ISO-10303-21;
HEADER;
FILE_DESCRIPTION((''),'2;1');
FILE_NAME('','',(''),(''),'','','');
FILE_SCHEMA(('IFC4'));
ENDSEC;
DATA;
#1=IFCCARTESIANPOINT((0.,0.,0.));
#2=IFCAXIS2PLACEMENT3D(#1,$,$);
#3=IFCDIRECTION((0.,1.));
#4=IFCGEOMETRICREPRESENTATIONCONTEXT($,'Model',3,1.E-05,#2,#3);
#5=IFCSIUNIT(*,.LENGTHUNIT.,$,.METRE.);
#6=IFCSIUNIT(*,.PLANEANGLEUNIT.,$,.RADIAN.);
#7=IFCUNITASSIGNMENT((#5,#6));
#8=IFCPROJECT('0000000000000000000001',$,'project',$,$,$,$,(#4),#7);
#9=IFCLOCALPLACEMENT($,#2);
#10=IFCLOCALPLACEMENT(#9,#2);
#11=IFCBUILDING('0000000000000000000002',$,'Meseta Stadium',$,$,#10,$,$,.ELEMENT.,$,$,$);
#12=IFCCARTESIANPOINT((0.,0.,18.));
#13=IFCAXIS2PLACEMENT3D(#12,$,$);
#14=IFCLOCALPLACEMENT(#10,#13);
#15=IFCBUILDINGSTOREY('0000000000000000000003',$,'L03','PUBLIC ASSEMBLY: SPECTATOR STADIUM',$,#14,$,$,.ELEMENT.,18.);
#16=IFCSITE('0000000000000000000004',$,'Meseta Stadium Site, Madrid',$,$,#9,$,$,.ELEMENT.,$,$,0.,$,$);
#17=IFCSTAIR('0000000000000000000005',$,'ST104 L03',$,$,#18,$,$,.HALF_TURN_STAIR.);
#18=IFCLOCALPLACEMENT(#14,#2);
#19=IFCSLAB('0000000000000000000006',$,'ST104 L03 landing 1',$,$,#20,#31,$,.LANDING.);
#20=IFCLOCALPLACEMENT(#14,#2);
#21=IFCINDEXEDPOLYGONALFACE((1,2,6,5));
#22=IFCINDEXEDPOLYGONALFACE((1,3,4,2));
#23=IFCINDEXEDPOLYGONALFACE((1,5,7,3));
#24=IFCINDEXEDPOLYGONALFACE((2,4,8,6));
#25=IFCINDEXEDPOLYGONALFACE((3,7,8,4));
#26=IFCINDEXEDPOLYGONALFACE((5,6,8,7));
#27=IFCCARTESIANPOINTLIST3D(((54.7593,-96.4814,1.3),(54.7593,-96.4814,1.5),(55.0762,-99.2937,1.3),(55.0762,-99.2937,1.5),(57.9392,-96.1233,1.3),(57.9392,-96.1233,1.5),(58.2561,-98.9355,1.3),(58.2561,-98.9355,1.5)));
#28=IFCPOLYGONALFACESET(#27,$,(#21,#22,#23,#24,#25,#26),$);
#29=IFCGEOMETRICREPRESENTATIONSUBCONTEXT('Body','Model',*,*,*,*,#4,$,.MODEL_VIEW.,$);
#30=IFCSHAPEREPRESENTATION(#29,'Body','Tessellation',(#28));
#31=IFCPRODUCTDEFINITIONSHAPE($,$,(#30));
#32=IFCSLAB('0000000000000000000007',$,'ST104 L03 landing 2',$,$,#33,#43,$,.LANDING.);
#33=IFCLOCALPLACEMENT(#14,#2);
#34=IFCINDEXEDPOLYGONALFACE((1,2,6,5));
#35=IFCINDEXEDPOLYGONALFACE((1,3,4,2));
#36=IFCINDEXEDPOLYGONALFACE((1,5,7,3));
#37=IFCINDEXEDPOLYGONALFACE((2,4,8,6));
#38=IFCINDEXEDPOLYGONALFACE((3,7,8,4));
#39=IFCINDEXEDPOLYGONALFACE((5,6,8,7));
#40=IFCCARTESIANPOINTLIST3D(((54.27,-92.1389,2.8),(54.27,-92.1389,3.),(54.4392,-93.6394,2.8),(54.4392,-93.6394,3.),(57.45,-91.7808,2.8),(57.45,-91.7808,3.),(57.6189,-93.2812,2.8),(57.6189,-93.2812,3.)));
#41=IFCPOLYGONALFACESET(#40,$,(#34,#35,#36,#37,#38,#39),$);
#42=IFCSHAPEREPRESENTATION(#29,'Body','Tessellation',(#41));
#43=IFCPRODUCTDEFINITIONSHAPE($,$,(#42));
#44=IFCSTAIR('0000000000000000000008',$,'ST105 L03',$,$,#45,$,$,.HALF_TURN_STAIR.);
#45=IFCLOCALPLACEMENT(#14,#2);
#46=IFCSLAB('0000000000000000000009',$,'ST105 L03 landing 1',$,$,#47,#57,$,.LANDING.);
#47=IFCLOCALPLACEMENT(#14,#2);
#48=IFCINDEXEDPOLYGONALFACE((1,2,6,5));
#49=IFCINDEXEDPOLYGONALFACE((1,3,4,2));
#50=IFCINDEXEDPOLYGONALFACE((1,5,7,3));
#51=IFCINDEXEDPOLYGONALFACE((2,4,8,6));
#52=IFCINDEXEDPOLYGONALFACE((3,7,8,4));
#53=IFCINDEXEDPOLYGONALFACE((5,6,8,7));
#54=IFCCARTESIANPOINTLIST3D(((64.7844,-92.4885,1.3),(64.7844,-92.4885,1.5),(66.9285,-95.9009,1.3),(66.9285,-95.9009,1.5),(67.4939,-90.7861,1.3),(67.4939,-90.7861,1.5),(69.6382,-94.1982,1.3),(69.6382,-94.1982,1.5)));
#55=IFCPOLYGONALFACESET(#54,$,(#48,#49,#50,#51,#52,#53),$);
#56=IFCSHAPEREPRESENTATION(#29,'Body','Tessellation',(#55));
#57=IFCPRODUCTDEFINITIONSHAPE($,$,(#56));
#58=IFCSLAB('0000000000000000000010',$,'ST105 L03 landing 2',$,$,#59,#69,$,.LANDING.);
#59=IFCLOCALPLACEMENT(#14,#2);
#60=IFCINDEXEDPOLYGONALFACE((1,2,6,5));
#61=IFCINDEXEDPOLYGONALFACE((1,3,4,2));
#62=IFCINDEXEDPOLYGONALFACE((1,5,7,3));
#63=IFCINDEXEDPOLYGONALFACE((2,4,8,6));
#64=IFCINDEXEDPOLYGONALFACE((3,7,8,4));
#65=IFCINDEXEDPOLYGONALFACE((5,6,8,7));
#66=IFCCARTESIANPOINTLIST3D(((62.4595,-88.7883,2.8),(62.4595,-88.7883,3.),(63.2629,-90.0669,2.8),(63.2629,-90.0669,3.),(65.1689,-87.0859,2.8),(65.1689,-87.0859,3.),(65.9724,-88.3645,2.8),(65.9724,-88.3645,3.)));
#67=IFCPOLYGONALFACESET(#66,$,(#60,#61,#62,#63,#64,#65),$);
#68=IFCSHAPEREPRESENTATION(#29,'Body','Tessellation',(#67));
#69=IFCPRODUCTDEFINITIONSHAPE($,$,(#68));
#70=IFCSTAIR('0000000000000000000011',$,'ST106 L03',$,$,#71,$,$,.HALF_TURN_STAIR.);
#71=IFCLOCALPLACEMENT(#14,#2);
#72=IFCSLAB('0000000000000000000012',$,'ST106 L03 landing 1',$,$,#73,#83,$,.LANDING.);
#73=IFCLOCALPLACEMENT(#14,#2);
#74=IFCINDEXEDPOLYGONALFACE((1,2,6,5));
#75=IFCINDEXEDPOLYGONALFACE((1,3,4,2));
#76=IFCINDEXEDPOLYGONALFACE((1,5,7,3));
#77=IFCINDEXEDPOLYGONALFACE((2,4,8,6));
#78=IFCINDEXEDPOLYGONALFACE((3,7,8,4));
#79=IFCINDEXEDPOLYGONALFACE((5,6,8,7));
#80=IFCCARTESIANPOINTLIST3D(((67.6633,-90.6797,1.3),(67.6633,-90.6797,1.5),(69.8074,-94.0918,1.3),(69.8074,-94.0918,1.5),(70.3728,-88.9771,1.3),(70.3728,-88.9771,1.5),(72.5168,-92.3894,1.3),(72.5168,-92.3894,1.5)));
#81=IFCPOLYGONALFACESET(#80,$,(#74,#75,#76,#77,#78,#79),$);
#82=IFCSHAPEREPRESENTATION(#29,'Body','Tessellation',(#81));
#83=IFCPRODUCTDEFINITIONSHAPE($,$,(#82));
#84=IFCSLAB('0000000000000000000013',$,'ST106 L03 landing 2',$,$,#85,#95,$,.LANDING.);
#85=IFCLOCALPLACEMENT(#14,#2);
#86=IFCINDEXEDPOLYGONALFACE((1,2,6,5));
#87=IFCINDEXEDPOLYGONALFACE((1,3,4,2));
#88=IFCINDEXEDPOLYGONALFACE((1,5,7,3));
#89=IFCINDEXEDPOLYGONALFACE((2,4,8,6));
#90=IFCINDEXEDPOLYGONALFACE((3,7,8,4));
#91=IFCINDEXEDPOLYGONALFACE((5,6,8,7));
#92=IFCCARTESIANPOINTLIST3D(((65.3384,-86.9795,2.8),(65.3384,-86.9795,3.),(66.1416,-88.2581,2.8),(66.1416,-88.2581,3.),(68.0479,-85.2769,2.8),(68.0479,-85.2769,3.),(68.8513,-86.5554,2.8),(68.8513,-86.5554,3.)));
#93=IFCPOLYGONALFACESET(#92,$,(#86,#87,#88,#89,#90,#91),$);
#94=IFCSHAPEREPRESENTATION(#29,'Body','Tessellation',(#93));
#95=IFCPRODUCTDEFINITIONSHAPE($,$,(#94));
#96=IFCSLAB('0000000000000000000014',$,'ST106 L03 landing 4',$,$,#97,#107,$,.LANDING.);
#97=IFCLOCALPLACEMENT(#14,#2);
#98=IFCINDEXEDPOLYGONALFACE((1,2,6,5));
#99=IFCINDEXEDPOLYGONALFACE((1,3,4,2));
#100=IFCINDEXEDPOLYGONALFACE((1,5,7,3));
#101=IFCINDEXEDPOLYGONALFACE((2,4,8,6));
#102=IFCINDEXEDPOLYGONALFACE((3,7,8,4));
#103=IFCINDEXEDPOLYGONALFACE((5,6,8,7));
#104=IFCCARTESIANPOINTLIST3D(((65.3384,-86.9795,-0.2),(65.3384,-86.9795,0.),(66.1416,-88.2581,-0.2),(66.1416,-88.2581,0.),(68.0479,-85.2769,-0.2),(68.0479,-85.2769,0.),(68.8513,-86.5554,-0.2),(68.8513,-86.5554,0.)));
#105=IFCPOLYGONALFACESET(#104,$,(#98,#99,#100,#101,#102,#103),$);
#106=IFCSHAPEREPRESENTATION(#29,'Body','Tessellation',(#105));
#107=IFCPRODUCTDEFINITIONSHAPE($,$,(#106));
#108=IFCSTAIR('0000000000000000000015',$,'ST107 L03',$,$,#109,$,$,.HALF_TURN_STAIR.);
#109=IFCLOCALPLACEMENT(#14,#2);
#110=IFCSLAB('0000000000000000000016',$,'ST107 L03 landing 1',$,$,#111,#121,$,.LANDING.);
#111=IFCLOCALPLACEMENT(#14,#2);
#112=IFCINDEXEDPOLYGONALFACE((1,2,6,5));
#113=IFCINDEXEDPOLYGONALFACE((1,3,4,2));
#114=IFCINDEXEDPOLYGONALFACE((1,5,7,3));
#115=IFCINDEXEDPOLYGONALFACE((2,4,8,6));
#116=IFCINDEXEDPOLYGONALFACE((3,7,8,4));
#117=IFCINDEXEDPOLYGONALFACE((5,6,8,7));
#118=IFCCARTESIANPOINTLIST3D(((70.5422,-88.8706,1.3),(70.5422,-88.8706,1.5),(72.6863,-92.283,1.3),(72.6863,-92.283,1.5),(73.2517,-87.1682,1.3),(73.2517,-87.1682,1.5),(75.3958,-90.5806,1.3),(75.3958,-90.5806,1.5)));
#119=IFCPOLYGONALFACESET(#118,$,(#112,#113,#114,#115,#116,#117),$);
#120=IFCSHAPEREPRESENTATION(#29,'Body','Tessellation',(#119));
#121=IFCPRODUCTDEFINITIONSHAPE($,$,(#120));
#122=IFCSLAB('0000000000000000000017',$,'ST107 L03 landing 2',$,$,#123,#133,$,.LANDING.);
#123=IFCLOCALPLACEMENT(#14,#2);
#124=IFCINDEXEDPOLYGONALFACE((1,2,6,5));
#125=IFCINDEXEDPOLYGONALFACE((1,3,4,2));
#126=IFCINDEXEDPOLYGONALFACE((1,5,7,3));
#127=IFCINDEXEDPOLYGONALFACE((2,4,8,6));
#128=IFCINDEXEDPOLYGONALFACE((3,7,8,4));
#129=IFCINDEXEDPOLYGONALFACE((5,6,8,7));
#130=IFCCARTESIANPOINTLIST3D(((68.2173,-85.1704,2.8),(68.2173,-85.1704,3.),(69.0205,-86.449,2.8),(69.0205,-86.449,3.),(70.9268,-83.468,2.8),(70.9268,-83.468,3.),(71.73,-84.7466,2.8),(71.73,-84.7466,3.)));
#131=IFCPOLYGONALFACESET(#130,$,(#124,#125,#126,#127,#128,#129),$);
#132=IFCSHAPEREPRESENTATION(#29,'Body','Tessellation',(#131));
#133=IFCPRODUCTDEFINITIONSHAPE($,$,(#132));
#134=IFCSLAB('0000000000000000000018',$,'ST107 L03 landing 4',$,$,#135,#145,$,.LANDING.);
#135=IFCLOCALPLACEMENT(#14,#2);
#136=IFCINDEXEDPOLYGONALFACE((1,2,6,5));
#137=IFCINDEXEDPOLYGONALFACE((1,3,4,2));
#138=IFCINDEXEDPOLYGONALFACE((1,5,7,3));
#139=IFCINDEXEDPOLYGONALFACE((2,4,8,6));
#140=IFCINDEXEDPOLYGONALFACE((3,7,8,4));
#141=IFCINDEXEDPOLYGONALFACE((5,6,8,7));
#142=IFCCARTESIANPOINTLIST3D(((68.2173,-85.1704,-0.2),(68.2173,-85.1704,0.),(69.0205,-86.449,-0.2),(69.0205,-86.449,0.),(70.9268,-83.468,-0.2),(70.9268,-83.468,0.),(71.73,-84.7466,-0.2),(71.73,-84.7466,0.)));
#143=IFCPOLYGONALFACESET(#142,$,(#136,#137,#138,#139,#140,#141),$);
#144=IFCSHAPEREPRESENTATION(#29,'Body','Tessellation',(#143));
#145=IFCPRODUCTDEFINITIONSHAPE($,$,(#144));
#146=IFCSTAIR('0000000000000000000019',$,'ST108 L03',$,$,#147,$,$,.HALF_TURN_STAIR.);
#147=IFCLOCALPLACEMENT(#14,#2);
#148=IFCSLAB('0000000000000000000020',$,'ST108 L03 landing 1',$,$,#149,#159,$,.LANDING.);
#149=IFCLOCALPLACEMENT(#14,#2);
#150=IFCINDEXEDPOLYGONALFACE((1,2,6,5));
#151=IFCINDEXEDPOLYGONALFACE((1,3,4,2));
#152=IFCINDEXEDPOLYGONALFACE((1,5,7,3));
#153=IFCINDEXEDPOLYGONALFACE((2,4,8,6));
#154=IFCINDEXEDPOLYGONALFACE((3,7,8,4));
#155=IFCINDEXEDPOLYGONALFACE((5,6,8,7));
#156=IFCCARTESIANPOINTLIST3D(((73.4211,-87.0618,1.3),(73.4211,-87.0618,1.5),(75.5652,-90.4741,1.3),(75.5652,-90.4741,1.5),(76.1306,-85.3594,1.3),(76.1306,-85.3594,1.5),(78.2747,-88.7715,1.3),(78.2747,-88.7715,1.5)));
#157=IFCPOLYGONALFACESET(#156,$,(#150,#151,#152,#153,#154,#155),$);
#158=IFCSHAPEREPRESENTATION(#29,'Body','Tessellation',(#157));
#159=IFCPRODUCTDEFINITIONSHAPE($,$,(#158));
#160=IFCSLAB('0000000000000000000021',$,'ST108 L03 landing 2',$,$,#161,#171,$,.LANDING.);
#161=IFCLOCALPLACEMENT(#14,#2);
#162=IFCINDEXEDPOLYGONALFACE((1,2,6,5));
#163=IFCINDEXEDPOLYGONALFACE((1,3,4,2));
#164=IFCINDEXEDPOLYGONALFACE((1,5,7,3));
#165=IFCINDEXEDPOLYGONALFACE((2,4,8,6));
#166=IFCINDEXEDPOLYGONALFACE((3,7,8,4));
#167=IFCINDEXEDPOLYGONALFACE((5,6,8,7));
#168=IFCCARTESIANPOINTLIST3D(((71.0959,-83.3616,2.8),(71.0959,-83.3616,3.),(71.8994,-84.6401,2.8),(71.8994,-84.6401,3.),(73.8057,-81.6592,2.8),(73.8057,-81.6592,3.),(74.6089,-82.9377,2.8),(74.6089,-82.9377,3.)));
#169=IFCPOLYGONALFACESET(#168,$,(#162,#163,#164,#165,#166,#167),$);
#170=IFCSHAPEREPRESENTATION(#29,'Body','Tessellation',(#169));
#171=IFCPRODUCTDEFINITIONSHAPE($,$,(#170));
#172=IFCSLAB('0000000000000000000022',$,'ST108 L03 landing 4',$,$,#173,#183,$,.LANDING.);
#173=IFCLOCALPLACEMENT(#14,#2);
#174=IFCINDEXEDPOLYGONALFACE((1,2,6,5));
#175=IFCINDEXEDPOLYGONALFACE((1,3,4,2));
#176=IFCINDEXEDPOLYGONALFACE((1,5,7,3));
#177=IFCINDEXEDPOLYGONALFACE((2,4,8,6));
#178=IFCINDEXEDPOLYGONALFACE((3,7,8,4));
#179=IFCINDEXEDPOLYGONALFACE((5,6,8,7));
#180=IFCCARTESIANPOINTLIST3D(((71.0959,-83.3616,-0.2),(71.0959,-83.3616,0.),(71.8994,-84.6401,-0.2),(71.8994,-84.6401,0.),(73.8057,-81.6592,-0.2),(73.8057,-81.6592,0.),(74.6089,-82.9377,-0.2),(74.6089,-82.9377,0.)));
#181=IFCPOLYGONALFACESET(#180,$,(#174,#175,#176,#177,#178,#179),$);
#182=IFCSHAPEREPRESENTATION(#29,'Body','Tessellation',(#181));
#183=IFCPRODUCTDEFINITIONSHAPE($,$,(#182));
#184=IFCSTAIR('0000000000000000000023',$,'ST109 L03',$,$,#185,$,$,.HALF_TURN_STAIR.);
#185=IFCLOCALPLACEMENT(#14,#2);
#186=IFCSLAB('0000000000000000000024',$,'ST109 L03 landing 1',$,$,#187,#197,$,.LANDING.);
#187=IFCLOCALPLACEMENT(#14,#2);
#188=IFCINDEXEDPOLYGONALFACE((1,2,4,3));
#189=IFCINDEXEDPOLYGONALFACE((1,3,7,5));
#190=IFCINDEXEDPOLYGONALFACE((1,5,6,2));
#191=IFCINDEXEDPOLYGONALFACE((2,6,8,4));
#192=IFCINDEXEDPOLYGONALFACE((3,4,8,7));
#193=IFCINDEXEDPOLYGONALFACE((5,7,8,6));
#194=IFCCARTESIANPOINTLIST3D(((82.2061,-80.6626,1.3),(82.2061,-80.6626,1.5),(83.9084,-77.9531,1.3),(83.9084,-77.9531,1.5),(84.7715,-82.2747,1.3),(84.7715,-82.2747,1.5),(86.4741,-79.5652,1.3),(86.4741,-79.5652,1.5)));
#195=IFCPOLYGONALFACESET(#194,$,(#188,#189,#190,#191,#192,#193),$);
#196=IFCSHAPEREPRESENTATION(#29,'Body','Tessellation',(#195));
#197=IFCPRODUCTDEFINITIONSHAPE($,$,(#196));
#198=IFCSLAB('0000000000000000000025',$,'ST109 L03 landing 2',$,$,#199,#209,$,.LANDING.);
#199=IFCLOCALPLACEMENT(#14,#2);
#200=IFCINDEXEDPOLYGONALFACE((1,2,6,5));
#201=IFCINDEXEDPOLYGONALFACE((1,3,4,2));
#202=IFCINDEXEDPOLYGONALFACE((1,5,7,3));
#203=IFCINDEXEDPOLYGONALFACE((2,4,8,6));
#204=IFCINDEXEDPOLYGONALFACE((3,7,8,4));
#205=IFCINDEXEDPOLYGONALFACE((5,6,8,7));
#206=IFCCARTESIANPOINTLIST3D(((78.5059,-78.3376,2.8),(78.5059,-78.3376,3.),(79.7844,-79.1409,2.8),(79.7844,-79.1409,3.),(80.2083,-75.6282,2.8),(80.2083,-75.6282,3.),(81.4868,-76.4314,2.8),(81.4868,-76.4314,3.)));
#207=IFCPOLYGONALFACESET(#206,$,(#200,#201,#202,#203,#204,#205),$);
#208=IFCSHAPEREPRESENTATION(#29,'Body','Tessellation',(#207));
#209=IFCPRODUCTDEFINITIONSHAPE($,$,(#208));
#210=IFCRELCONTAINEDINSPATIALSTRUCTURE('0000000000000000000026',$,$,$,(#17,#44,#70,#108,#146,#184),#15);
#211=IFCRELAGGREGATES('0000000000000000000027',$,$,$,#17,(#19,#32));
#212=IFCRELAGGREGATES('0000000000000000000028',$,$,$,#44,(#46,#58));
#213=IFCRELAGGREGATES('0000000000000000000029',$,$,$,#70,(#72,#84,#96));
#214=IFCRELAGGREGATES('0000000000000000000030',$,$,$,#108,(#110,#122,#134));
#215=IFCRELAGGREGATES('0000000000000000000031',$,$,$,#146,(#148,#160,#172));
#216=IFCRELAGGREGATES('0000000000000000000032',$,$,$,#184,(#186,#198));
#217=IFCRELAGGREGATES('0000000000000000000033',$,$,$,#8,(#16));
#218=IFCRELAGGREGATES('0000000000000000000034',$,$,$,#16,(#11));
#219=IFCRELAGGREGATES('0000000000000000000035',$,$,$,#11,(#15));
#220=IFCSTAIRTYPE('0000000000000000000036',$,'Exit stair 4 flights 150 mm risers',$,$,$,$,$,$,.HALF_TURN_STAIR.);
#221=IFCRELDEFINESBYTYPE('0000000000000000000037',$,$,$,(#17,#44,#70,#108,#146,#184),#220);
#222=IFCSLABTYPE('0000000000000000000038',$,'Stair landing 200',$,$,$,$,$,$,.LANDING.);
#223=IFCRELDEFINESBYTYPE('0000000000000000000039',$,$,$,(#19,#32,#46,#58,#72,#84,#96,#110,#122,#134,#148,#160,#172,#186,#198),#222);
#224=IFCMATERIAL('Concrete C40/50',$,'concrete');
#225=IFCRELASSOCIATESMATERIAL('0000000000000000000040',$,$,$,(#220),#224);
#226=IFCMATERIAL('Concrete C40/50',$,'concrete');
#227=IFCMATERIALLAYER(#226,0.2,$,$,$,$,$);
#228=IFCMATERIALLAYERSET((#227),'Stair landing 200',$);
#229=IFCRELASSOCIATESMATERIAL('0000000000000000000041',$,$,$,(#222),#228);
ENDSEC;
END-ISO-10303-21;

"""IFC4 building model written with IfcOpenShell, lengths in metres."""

from ifc_helpers import new_model, si_unit, direction, frame, origin, place, context, subcontext, project, spatial, polyline, outline, extrude, material, layer, layer_set, type_object, element, aggregate, save


model = new_model("IFC4")

# Units and contexts
model_context = context("Model", 3, precision=1e-05, world=origin(), true_north=direction((0.0, 1.0)))
body_context = subcontext(model_context, "Body", "Model", "MODEL_VIEW")
ifc_project = project(units=[si_unit("LENGTHUNIT", "METRE"), si_unit("PLANEANGLEUNIT", "RADIAN")], contexts=[model_context])

# Site, building, storey
site_placement = place(None, origin())
site = spatial("IfcSite", under=ifc_project, at=site_placement, Name="Meseta Stadium Site, Madrid", CompositionType="ELEMENT", RefElevation=0.0)
building_placement = place(site_placement, origin())
building = spatial("IfcBuilding", under=site, at=building_placement, Name="Meseta Stadium", CompositionType="ELEMENT")
storey_placement = place(building_placement, frame((0.0, 0.0, 18.0)))
storey = spatial("IfcBuildingStorey", under=building, at=storey_placement, Name="L03", Description="PUBLIC ASSEMBLY: SPECTATOR STADIUM", CompositionType="ELEMENT", Elevation=18.0)

# Stairs, slabs
ifc_material_1 = material(Name="Concrete C40/50", Category="concrete")
stair_type = type_object("IfcStairType", Name="Exit stair 4 flights 150 mm risers", PredefinedType="HALF_TURN_STAIR", material=ifc_material_1)
stair_1_placement = place(storey_placement, origin())
stair_1 = element("IfcStair", 1, at=stair_1_placement, inside=storey, type_object=stair_type, Name="ST104 L03", PredefinedType="HALF_TURN_STAIR")
ifc_material_2 = material(Name="Concrete C40/50", Category="concrete")
ifc_layer = layer(ifc_material_2, 0.2)
ifc_layer_set = layer_set([ifc_layer], Name="Stair landing 200")
slab_type = type_object("IfcSlabType", Name="Stair landing 200", PredefinedType="LANDING", material=ifc_layer_set)
slab_1_placement = place(storey_placement, frame((0.0, 0.0, 1.3)))
slab_1 = element("IfcSlab", 2, at=slab_1_placement, type_object=slab_type, Name="ST104 L03 landing 1", PredefinedType="LANDING", context=body_context, shape_type="SweptSolid", body=[
    extrude(outline(polyline([(54.7593, -96.4814), (55.0762, -99.2937), (58.2561, -98.9355), (57.9392, -96.1233), (54.7593, -96.4814)])), origin(), (0.0, 0.0, 1.0), 0.2),
])
slab_2_placement = place(storey_placement, frame((0.0, 0.0, 2.8)))
slab_2 = element("IfcSlab", 3, at=slab_2_placement, type_object=slab_type, Name="ST104 L03 landing 2", PredefinedType="LANDING", context=body_context, shape_type="SweptSolid", body=[
    extrude(outline(polyline([(54.27, -92.1389), (54.4392, -93.6394), (57.6189, -93.2812), (57.45, -91.7808), (54.27, -92.1389)])), origin(), (0.0, 0.0, 1.0), 0.2),
])
aggregate(stair_1, [slab_1, slab_2])
stair_2_placement = place(storey_placement, origin())
stair_2 = element("IfcStair", 4, at=stair_2_placement, inside=storey, type_object=stair_type, Name="ST105 L03", PredefinedType="HALF_TURN_STAIR")
slab_3_placement = place(storey_placement, frame((0.0, 0.0, 1.3)))
slab_3 = element("IfcSlab", 5, at=slab_3_placement, type_object=slab_type, Name="ST105 L03 landing 1", PredefinedType="LANDING", context=body_context, shape_type="SweptSolid", body=[
    extrude(outline(polyline([(64.7844, -92.4885), (66.9285, -95.9009), (69.6382, -94.1982), (67.4939, -90.7861), (64.7844, -92.4885)])), origin(), (0.0, 0.0, 1.0), 0.2),
])
slab_4_placement = place(storey_placement, frame((0.0, 0.0, 2.8)))
slab_4 = element("IfcSlab", 6, at=slab_4_placement, type_object=slab_type, Name="ST105 L03 landing 2", PredefinedType="LANDING", context=body_context, shape_type="SweptSolid", body=[
    extrude(outline(polyline([(62.4595, -88.7883), (63.2629, -90.0669), (65.9724, -88.3645), (65.1689, -87.0859), (62.4595, -88.7883)])), origin(), (0.0, 0.0, 1.0), 0.2),
])
aggregate(stair_2, [slab_3, slab_4])
stair_3_placement = place(storey_placement, origin())
stair_3 = element("IfcStair", 7, at=stair_3_placement, inside=storey, type_object=stair_type, Name="ST106 L03", PredefinedType="HALF_TURN_STAIR")
slab_5_placement = place(storey_placement, frame((0.0, 0.0, 1.3)))
slab_5 = element("IfcSlab", 8, at=slab_5_placement, type_object=slab_type, Name="ST106 L03 landing 1", PredefinedType="LANDING", context=body_context, shape_type="SweptSolid", body=[
    extrude(outline(polyline([(67.6633, -90.6797), (69.8074, -94.0918), (72.5168, -92.3894), (70.3728, -88.9771), (67.6633, -90.6797)])), origin(), (0.0, 0.0, 1.0), 0.2),
])
slab_6_placement = place(storey_placement, frame((0.0, 0.0, 2.8)))
slab_6 = element("IfcSlab", 9, at=slab_6_placement, type_object=slab_type, Name="ST106 L03 landing 2", PredefinedType="LANDING", context=body_context, shape_type="SweptSolid", body=[
    extrude(outline(polyline([(65.3384, -86.9795), (66.1416, -88.2581), (68.8513, -86.5554), (68.0479, -85.2769), (65.3384, -86.9795)])), origin(), (0.0, 0.0, 1.0), 0.2),
])
slab_7_placement = place(storey_placement, frame((0.0, 0.0, -0.2)))
slab_7 = element("IfcSlab", 10, at=slab_7_placement, type_object=slab_type, Name="ST106 L03 landing 4", PredefinedType="LANDING", context=body_context, shape_type="SweptSolid", body=[
    extrude(outline(polyline([(65.3384, -86.9795), (66.1416, -88.2581), (68.8513, -86.5554), (68.0479, -85.2769), (65.3384, -86.9795)])), origin(), (0.0, 0.0, 1.0), 0.2),
])
aggregate(stair_3, [slab_5, slab_6, slab_7])
stair_4_placement = place(storey_placement, origin())
stair_4 = element("IfcStair", 11, at=stair_4_placement, inside=storey, type_object=stair_type, Name="ST107 L03", PredefinedType="HALF_TURN_STAIR")
slab_8_placement = place(storey_placement, frame((0.0, 0.0, 1.3)))
slab_8 = element("IfcSlab", 12, at=slab_8_placement, type_object=slab_type, Name="ST107 L03 landing 1", PredefinedType="LANDING", context=body_context, shape_type="SweptSolid", body=[
    extrude(outline(polyline([(70.5422, -88.8706), (72.6863, -92.283), (75.3958, -90.5806), (73.2517, -87.1682), (70.5422, -88.8706)])), origin(), (0.0, 0.0, 1.0), 0.2),
])
slab_9_placement = place(storey_placement, frame((0.0, 0.0, 2.8)))
slab_9 = element("IfcSlab", 13, at=slab_9_placement, type_object=slab_type, Name="ST107 L03 landing 2", PredefinedType="LANDING", context=body_context, shape_type="SweptSolid", body=[
    extrude(outline(polyline([(68.2173, -85.1704), (69.0205, -86.449), (71.73, -84.7466), (70.9268, -83.468), (68.2173, -85.1704)])), origin(), (0.0, 0.0, 1.0), 0.2),
])
slab_10_placement = place(storey_placement, frame((0.0, 0.0, -0.2)))
slab_10 = element("IfcSlab", 14, at=slab_10_placement, type_object=slab_type, Name="ST107 L03 landing 4", PredefinedType="LANDING", context=body_context, shape_type="SweptSolid", body=[
    extrude(outline(polyline([(68.2173, -85.1704), (69.0205, -86.449), (71.73, -84.7466), (70.9268, -83.468), (68.2173, -85.1704)])), origin(), (0.0, 0.0, 1.0), 0.2),
])
aggregate(stair_4, [slab_8, slab_9, slab_10])
stair_5_placement = place(storey_placement, origin())
stair_5 = element("IfcStair", 15, at=stair_5_placement, inside=storey, type_object=stair_type, Name="ST108 L03", PredefinedType="HALF_TURN_STAIR")
slab_11_placement = place(storey_placement, frame((0.0, 0.0, 1.3)))
slab_11 = element("IfcSlab", 16, at=slab_11_placement, type_object=slab_type, Name="ST108 L03 landing 1", PredefinedType="LANDING", context=body_context, shape_type="SweptSolid", body=[
    extrude(outline(polyline([(73.4211, -87.0618), (75.5652, -90.4741), (78.2747, -88.7715), (76.1306, -85.3594), (73.4211, -87.0618)])), origin(), (0.0, 0.0, 1.0), 0.2),
])
slab_12_placement = place(storey_placement, frame((0.0, 0.0, 2.8)))
slab_12 = element("IfcSlab", 17, at=slab_12_placement, type_object=slab_type, Name="ST108 L03 landing 2", PredefinedType="LANDING", context=body_context, shape_type="SweptSolid", body=[
    extrude(outline(polyline([(71.0959, -83.3616), (71.8994, -84.6401), (74.6089, -82.9377), (73.8057, -81.6592), (71.0959, -83.3616)])), origin(), (0.0, 0.0, 1.0), 0.2),
])
slab_13_placement = place(storey_placement, frame((0.0, 0.0, -0.2)))
slab_13 = element("IfcSlab", 18, at=slab_13_placement, type_object=slab_type, Name="ST108 L03 landing 4", PredefinedType="LANDING", context=body_context, shape_type="SweptSolid", body=[
    extrude(outline(polyline([(71.0959, -83.3616), (71.8994, -84.6401), (74.6089, -82.9377), (73.8057, -81.6592), (71.0959, -83.3616)])), origin(), (0.0, 0.0, 1.0), 0.2),
])
aggregate(stair_5, [slab_11, slab_12, slab_13])
stair_6_placement = place(storey_placement, origin())
stair_6 = element("IfcStair", 19, at=stair_6_placement, inside=storey, type_object=stair_type, Name="ST109 L03", PredefinedType="HALF_TURN_STAIR")
slab_14_placement = place(storey_placement, frame((0.0, 0.0, 1.3)))
slab_14 = element("IfcSlab", 20, at=slab_14_placement, type_object=slab_type, Name="ST109 L03 landing 1", PredefinedType="LANDING", context=body_context, shape_type="SweptSolid", body=[
    extrude(outline(polyline([(82.2061, -80.6626), (84.7715, -82.2747), (86.4741, -79.5652), (83.9084, -77.9531), (82.2061, -80.6626)])), origin(), (0.0, 0.0, 1.0), 0.2),
])
slab_15_placement = place(storey_placement, frame((0.0, 0.0, 2.8)))
slab_15 = element("IfcSlab", 21, at=slab_15_placement, type_object=slab_type, Name="ST109 L03 landing 2", PredefinedType="LANDING", context=body_context, shape_type="SweptSolid", body=[
    extrude(outline(polyline([(78.5059, -78.3376), (79.7844, -79.1409), (81.4868, -76.4314), (80.2083, -75.6282), (78.5059, -78.3376)])), origin(), (0.0, 0.0, 1.0), 0.2),
])
aggregate(stair_6, [slab_14, slab_15])

save(model, "model.ifc")
